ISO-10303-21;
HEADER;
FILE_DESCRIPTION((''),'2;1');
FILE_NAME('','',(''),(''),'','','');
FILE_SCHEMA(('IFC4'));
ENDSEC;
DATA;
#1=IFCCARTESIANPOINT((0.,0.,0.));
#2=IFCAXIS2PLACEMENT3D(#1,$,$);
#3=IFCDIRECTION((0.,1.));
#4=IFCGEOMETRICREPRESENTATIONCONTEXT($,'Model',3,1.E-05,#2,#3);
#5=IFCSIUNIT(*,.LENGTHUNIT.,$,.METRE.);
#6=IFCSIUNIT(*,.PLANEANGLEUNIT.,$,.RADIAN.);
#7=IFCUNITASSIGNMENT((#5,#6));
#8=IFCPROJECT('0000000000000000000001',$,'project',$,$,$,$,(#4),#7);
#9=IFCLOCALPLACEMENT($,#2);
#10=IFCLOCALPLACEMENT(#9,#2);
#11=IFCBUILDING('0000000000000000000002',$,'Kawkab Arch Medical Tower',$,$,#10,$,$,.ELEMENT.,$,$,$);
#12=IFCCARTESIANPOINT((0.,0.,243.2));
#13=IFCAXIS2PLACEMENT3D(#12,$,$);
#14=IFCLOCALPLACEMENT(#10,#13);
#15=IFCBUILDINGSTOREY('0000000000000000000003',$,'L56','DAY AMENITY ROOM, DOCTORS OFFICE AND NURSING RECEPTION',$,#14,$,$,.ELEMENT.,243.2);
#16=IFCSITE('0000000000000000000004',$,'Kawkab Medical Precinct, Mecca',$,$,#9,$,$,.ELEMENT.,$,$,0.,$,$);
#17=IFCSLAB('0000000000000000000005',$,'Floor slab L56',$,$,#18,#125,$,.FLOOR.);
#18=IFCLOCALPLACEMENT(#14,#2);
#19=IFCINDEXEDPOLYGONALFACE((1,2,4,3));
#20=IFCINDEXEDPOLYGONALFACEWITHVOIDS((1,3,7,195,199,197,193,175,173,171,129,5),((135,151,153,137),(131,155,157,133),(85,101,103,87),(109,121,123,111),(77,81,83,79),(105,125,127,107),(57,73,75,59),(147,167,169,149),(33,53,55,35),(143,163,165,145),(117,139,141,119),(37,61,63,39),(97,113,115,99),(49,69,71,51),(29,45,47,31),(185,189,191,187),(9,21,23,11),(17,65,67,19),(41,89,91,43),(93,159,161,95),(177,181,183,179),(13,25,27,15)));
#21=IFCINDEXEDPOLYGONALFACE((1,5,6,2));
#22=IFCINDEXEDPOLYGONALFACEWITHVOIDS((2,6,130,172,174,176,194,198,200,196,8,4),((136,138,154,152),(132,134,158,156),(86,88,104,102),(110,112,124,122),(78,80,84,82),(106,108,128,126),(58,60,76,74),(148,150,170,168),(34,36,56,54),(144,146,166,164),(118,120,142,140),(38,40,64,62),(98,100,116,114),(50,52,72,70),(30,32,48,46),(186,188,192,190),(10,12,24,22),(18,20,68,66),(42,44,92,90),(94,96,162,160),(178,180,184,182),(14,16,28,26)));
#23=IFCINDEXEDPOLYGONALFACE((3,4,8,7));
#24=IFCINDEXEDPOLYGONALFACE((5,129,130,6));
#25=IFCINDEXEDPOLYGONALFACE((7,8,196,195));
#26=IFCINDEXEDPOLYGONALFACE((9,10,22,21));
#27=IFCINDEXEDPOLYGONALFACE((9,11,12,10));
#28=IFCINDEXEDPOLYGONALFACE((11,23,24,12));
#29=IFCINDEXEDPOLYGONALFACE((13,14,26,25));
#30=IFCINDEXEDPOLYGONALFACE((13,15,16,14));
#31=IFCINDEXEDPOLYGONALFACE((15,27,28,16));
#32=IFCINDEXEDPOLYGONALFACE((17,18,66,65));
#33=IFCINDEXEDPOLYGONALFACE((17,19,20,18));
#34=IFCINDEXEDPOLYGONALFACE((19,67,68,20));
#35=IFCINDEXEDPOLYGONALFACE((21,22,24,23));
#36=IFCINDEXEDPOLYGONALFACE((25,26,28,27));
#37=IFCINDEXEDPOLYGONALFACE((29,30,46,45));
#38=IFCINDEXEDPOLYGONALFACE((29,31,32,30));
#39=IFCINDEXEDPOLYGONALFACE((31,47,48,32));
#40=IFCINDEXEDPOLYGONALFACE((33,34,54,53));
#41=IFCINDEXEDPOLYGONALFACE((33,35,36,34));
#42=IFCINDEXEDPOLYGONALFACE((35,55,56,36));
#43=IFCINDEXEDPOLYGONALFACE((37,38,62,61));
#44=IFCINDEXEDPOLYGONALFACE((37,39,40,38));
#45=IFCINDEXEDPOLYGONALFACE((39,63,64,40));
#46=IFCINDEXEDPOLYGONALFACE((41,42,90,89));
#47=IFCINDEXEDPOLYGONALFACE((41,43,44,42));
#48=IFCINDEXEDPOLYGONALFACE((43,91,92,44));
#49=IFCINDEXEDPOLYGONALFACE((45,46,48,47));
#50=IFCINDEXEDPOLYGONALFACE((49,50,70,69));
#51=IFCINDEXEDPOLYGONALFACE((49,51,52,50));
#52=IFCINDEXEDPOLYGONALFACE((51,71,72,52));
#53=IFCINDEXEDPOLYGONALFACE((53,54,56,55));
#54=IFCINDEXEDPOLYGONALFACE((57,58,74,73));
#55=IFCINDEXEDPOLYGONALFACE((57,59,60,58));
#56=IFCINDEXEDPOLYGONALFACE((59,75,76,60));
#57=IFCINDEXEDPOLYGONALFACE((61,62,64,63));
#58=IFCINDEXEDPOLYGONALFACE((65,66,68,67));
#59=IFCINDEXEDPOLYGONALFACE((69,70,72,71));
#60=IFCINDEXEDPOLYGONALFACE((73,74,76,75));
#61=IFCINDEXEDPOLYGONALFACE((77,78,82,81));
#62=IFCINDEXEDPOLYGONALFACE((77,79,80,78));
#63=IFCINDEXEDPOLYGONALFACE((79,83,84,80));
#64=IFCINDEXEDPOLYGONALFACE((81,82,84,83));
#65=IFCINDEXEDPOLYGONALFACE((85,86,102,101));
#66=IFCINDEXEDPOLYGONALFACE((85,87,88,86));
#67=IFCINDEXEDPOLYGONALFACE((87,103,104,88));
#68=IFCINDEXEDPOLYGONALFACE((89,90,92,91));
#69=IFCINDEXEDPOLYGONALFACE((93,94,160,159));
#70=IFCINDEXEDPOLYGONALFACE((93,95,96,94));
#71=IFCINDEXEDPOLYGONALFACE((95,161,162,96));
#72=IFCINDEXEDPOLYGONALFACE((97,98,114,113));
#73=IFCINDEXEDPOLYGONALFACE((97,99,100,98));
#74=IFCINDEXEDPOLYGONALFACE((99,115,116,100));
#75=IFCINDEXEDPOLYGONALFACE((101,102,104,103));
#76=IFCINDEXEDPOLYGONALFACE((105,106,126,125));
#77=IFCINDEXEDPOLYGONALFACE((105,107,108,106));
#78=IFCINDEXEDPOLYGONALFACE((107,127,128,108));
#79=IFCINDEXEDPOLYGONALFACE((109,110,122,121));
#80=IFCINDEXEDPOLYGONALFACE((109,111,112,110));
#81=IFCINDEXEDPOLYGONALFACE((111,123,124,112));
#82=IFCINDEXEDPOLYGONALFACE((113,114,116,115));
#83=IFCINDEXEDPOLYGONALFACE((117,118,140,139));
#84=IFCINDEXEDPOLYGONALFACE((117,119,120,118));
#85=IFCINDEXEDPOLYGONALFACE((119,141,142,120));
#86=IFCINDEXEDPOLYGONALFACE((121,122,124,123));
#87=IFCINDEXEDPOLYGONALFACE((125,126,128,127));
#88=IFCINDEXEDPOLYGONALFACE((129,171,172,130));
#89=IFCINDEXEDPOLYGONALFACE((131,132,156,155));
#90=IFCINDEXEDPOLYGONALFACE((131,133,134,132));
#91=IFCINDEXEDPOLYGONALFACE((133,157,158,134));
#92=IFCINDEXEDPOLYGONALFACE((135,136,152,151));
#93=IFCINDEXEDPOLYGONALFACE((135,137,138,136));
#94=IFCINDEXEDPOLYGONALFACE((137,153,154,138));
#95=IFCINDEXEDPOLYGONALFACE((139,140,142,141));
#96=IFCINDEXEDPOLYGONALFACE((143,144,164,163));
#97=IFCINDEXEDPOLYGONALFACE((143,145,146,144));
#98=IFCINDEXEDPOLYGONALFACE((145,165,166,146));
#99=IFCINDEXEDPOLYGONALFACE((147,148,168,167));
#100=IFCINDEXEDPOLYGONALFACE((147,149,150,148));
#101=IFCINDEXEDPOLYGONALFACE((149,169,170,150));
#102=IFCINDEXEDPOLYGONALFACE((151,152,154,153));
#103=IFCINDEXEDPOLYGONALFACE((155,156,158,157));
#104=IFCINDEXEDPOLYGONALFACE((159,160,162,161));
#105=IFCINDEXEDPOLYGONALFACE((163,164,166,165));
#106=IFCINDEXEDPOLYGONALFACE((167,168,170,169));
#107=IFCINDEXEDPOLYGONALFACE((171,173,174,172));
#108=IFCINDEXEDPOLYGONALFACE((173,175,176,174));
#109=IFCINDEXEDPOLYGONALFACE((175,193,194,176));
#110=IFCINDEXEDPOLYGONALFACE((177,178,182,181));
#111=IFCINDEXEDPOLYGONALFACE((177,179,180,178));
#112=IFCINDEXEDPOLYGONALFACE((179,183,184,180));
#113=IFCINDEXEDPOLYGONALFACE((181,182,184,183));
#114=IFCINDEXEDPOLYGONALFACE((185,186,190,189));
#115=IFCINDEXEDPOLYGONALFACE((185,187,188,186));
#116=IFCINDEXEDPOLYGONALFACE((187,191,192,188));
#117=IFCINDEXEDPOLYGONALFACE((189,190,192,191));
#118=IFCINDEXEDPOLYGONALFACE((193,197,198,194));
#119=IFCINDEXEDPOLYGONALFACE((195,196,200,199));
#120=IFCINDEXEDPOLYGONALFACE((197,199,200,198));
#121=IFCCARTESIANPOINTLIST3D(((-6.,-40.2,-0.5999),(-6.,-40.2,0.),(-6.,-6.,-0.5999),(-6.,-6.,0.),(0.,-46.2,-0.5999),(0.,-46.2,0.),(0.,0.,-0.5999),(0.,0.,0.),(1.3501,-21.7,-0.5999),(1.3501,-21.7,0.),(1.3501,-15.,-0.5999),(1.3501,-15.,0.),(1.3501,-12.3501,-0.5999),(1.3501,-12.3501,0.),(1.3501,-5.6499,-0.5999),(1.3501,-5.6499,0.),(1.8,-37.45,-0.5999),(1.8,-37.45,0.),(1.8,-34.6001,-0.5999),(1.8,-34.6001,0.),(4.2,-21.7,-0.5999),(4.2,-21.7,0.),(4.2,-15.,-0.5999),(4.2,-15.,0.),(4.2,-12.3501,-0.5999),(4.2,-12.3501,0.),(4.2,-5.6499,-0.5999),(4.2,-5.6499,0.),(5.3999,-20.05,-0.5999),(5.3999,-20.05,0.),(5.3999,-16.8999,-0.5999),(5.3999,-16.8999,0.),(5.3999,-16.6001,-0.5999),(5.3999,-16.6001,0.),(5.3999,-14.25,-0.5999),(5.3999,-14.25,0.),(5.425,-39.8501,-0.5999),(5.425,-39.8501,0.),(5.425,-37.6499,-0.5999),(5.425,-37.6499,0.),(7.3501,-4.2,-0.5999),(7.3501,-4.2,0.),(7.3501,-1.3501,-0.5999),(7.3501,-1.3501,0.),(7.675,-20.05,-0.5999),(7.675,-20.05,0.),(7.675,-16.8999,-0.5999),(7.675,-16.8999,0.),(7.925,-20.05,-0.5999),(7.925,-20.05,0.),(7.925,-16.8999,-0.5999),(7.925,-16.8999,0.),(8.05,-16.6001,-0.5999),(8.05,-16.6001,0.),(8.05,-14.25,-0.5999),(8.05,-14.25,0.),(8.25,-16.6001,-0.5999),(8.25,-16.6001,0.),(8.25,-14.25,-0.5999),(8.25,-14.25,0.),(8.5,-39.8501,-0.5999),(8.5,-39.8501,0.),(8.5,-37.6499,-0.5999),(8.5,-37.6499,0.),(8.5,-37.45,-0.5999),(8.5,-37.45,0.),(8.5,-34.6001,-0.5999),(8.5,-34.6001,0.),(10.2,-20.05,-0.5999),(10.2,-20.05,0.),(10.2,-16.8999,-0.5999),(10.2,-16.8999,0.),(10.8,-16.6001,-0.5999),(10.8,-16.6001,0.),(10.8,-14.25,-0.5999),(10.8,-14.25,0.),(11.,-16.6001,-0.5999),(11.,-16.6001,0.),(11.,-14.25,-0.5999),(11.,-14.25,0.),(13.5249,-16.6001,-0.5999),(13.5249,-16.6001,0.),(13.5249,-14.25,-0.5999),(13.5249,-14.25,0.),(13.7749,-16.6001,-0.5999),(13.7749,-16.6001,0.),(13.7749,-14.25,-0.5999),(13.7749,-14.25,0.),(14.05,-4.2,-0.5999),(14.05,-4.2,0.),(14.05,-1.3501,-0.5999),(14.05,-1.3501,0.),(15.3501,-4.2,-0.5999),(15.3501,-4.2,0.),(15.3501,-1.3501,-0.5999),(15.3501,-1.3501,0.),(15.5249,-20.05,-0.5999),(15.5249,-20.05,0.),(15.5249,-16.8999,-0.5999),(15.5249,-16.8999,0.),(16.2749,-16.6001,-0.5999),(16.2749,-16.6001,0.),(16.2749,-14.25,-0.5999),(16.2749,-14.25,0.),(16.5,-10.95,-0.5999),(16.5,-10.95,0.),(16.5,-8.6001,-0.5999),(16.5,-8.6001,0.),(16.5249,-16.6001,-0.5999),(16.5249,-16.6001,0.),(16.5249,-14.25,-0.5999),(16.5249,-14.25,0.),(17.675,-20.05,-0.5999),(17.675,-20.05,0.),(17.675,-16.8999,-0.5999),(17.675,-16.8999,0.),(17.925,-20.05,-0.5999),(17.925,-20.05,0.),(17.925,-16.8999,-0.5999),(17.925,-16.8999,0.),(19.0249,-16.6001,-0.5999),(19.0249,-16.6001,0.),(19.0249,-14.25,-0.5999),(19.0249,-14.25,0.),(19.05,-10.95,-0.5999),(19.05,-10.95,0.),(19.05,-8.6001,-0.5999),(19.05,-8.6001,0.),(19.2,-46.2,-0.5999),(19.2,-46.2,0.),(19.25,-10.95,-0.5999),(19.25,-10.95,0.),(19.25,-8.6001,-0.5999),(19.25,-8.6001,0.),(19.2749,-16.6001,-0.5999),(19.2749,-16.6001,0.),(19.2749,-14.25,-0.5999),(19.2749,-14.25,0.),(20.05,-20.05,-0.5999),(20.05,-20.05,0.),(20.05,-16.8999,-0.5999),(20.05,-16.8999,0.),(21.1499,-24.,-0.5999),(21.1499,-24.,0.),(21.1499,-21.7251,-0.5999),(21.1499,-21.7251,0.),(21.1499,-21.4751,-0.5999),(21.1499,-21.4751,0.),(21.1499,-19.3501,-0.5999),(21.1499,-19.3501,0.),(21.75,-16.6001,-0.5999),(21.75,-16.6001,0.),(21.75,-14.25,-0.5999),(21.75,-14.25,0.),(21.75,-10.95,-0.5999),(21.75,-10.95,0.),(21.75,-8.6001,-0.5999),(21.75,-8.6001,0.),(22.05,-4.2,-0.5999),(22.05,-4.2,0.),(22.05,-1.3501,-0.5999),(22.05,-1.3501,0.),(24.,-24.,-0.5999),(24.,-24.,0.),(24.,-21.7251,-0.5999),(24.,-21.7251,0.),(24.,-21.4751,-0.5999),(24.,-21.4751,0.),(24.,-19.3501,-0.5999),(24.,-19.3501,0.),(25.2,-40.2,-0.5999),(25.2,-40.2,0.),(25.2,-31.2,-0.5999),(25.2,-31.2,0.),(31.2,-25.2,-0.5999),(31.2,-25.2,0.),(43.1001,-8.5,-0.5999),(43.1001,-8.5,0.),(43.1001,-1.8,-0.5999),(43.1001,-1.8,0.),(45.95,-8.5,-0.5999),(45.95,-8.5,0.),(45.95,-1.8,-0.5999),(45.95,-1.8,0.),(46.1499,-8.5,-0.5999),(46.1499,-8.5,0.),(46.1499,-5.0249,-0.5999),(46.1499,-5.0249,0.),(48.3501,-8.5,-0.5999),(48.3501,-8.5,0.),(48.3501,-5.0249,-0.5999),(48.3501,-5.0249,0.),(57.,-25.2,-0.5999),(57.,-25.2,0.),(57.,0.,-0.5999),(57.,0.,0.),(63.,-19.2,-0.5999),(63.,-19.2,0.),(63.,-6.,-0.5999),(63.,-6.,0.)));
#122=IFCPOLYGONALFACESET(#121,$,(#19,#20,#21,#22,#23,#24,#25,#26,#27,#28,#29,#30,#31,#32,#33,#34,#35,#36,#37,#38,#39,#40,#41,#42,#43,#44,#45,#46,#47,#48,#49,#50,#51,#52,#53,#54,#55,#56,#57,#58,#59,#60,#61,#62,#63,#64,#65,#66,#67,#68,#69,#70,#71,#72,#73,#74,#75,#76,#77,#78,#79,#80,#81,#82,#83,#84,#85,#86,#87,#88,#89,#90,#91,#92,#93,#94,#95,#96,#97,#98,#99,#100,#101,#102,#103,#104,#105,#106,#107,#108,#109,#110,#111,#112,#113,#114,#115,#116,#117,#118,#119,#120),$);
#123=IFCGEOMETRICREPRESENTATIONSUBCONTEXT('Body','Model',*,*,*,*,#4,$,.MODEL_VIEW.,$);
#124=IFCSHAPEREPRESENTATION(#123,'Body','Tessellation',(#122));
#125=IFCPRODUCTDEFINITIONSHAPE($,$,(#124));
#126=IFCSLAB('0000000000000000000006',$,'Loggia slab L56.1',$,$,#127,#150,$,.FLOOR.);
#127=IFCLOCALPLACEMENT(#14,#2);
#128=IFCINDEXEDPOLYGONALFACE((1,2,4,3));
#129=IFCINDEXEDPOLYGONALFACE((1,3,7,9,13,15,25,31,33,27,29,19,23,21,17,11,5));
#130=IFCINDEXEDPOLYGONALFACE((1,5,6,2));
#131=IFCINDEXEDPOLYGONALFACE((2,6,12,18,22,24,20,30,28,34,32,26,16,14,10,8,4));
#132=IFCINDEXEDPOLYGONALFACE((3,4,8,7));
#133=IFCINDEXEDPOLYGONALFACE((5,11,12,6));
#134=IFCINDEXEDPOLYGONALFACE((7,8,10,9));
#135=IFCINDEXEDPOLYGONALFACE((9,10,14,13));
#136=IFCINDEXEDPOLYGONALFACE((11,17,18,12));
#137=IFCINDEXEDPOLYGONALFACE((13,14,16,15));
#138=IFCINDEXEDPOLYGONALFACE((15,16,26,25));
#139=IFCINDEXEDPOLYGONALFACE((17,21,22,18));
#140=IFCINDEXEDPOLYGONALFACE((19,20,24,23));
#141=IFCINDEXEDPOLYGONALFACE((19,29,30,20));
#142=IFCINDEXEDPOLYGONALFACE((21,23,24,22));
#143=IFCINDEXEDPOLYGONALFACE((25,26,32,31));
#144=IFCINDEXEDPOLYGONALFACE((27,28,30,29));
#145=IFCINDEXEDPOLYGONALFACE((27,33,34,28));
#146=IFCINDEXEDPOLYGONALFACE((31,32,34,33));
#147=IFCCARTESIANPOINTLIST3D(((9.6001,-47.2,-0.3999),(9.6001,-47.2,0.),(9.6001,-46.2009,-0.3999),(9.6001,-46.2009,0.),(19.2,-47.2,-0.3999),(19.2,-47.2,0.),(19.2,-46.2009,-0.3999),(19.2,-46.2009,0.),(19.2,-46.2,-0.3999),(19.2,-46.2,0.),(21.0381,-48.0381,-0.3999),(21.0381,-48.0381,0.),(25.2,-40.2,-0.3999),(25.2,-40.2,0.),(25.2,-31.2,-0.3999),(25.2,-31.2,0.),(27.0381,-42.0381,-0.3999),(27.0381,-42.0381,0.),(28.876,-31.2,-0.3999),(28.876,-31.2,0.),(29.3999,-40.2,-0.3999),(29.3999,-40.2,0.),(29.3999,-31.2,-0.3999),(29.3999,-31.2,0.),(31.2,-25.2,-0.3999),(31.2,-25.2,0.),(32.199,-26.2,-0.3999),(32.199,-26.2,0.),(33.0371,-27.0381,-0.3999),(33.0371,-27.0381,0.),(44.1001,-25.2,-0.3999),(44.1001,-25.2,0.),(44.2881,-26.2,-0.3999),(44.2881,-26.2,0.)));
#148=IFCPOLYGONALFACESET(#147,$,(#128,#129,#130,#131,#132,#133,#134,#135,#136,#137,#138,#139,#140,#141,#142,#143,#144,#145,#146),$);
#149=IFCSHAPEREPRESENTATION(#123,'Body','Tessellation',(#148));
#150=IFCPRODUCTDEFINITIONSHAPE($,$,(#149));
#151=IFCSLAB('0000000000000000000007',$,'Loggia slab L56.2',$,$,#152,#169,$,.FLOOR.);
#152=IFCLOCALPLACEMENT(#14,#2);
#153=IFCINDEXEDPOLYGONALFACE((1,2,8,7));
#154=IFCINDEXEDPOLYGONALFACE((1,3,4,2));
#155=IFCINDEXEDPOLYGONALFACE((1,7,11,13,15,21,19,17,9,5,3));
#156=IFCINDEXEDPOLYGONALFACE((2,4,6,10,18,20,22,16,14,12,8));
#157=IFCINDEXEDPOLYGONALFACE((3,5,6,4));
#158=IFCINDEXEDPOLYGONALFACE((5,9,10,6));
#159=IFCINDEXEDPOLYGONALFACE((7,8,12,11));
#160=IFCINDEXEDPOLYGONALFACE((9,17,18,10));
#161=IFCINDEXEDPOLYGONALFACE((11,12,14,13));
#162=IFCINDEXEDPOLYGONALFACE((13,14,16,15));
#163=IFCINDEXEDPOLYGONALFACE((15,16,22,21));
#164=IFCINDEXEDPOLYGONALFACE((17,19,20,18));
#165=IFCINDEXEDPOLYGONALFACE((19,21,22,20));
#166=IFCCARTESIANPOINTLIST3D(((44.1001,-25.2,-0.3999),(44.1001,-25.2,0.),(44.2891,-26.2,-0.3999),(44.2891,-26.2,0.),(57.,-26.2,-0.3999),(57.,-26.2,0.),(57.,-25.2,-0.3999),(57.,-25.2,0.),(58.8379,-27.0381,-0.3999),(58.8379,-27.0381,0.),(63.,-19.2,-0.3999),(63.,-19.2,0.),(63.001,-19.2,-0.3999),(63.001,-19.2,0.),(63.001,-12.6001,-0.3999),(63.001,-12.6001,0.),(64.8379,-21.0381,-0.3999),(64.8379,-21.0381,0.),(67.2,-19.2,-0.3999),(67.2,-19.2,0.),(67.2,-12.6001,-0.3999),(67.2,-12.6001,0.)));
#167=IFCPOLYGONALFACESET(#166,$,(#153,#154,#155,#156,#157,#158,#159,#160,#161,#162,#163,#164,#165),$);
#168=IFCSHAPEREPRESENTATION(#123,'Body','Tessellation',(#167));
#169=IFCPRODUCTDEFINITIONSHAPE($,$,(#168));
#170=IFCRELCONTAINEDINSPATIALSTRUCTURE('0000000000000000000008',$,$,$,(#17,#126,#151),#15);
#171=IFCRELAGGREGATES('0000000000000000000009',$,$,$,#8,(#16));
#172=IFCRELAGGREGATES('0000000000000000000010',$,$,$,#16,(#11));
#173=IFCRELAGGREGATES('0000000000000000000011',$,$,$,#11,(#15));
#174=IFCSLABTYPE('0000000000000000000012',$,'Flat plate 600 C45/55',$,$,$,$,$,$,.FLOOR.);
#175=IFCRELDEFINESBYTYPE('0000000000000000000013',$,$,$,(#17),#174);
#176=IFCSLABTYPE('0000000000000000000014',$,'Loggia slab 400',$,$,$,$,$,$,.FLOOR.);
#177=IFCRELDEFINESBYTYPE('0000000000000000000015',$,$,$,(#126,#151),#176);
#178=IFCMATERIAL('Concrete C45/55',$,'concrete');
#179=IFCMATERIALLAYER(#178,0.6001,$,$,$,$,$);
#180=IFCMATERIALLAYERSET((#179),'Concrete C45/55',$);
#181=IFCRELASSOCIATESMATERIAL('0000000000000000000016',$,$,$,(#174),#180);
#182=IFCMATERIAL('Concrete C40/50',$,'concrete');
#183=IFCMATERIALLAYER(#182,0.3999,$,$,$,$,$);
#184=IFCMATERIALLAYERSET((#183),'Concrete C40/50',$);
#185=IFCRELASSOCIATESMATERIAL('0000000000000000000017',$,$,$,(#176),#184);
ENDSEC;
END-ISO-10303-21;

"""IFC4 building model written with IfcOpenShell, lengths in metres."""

from ifc_helpers import new_model, si_unit, direction, frame, origin, place, context, subcontext, project, spatial, polyline, outline, extrude, material, layer, layer_set, type_object, element, save


model = new_model("IFC4")

# Units and contexts
model_context = context("Model", 3, precision=1e-05, world=origin(), true_north=direction((0.0, 1.0)))
body_context = subcontext(model_context, "Body", "Model", "MODEL_VIEW")
ifc_project = project(units=[si_unit("LENGTHUNIT", "METRE"), si_unit("PLANEANGLEUNIT", "RADIAN")], contexts=[model_context])

# Site, building, storey
site_placement = place(None, origin())
site = spatial("IfcSite", under=ifc_project, at=site_placement, Name="Kawkab Medical Precinct, Mecca", CompositionType="ELEMENT", RefElevation=0.0)
building_placement = place(site_placement, origin())
building = spatial("IfcBuilding", under=site, at=building_placement, Name="Kawkab Arch Medical Tower", CompositionType="ELEMENT")
storey_placement = place(building_placement, frame((0.0, 0.0, 243.2)))
storey = spatial("IfcBuildingStorey", under=building, at=storey_placement, Name="L56", Description="DAY AMENITY ROOM, DOCTORS OFFICE AND NURSING RECEPTION", CompositionType="ELEMENT", Elevation=243.2)

# Slabs
ifc_material_1 = material(Name="Concrete C45/55", Category="concrete")
ifc_layer_1 = layer(ifc_material_1, 0.6001)
ifc_layer_set_1 = layer_set([ifc_layer_1], Name="Concrete C45/55")
slab_type_1 = type_object("IfcSlabType", Name="Flat plate 600 C45/55", PredefinedType="FLOOR", material=ifc_layer_set_1)
slab_1_placement = place(storey_placement, frame((0.0, 0.0, -0.5999)))
element("IfcSlab", 1, at=slab_1_placement, inside=storey, type_object=slab_type_1, Name="Floor slab L56", PredefinedType="FLOOR", context=body_context, shape_type="SweptSolid", body=[
    extrude(outline(polyline([(0.0, 0.0), (57.0, 0.0), (63.0, -6.0), (63.0, -19.2), (57.0, -25.2), (31.2, -25.2), (25.2, -31.2), (25.2, -40.2), (19.2, -46.2), (0.0, -46.2), (-6.0, -40.2), (-6.0, -6.0), (0.0, 0.0)]), holes=[polyline([(5.425, -37.6499), (5.425, -39.8501), (8.5, -39.8501), (8.5, -37.6499), (5.425, -37.6499)]), polyline([(8.5, -37.45), (8.5, -34.6001), (1.8, -34.6001), (1.8, -37.45), (8.5, -37.45)]), polyline([(5.3999, -20.05), (7.675, -20.05), (7.675, -16.8999), (5.3999, -16.8999), (5.3999, -20.05)]), polyline([(10.2, -20.05), (10.2, -16.8999), (7.925, -16.8999), (7.925, -20.05), (10.2, -20.05)]), polyline([(4.2, -21.7), (4.2, -15.0), (1.3501, -15.0), (1.3501, -21.7), (4.2, -21.7)]), polyline([(5.3999, -16.6001), (8.05, -16.6001), (8.05, -14.25), (5.3999, -14.25), (5.3999, -16.6001)]), polyline([(10.8, -16.6001), (10.8, -14.25), (8.25, -14.25), (8.25, -16.6001), (10.8, -16.6001)]), polyline([(11.0, -16.6001), (13.5249, -16.6001), (13.5249, -14.25), (11.0, -14.25), (11.0, -16.6001)]), polyline([(16.2749, -16.6001), (16.2749, -14.25), (13.7749, -14.25), (13.7749, -16.6001), (16.2749, -16.6001)]), polyline([(4.2, -12.3501), (4.2, -5.6499), (1.3501, -5.6499), (1.3501, -12.3501), (4.2, -12.3501)]), polyline([(7.3501, -4.2), (14.05, -4.2), (14.05, -1.3501), (7.3501, -1.3501), (7.3501, -4.2)]), polyline([(24.0, -21.7251), (21.1499, -21.7251), (21.1499, -24.0), (24.0, -24.0), (24.0, -21.7251)]), polyline([(24.0, -19.3501), (21.1499, -19.3501), (21.1499, -21.4751), (24.0, -21.4751), (24.0, -19.3501)]), polyline([(15.5249, -16.8999), (15.5249, -20.05), (17.675, -20.05), (17.675, -16.8999), (15.5249, -16.8999)]), polyline([(20.05, -16.8999), (17.925, -16.8999), (17.925, -20.05), (20.05, -20.05), (20.05, -16.8999)]), polyline([(19.0249, -14.25), (16.5249, -14.25), (16.5249, -16.6001), (19.0249, -16.6001), (19.0249, -14.25)]), polyline([(21.75, -14.25), (19.2749, -14.25), (19.2749, -16.6001), (21.75, -16.6001), (21.75, -14.25)]), polyline([(16.5, -8.6001), (16.5, -10.95), (19.05, -10.95), (19.05, -8.6001), (16.5, -8.6001)]), polyline([(21.75, -8.6001), (19.25, -8.6001), (19.25, -10.95), (21.75, -10.95), (21.75, -8.6001)]), polyline([(46.1499, -8.5), (48.3501, -8.5), (48.3501, -5.0249), (46.1499, -5.0249), (46.1499, -8.5)]), polyline([(43.1001, -1.8), (43.1001, -8.5), (45.95, -8.5), (45.95, -1.8), (43.1001, -1.8)]), polyline([(22.05, -1.3501), (15.3501, -1.3501), (15.3501, -4.2), (22.05, -4.2), (22.05, -1.3501)])]), origin(), (0.0, 0.0, 1.0), 0.5999),
])
ifc_material_2 = material(Name="Concrete C40/50", Category="concrete")
ifc_layer_2 = layer(ifc_material_2, 0.3999)
ifc_layer_set_2 = layer_set([ifc_layer_2], Name="Concrete C40/50")
slab_type_2 = type_object("IfcSlabType", Name="Loggia slab 400", PredefinedType="FLOOR", material=ifc_layer_set_2)
placement_1 = place(storey_placement, frame((0.0, 0.0, -0.3999)))
element("IfcSlab", 2, at=placement_1, inside=storey, type_object=slab_type_2, Name="Loggia slab L56.1", PredefinedType="FLOOR", context=body_context, shape_type="SweptSolid", body=[
    extrude(outline(polyline([(9.6001, -46.2009), (19.2, -46.2009), (19.2, -46.2), (25.2, -40.2), (25.2, -31.2), (31.2, -25.2), (44.1001, -25.2), (44.2881, -26.2), (32.199, -26.2), (33.0371, -27.0381), (28.876, -31.2), (29.3999, -31.2), (29.3999, -40.2), (27.0381, -42.0381), (21.0381, -48.0381), (19.2, -47.2), (9.6001, -47.2), (9.6001, -46.2009)])), origin(), (0.0, 0.0, 1.0), 0.3999),
])
element("IfcSlab", 3, at=placement_1, inside=storey, type_object=slab_type_2, Name="Loggia slab L56.2", PredefinedType="FLOOR", context=body_context, shape_type="SweptSolid", body=[
    extrude(outline(polyline([(64.8379, -21.0381), (58.8379, -27.0381), (57.0, -26.2), (44.2891, -26.2), (44.1001, -25.2), (57.0, -25.2), (63.0, -19.2), (63.001, -19.2), (63.001, -12.6001), (67.2, -12.6001), (67.2, -19.2), (64.8379, -21.0381)])), origin(), (0.0, 0.0, 1.0), 0.3999),
])

save(model, "model.ifc")
